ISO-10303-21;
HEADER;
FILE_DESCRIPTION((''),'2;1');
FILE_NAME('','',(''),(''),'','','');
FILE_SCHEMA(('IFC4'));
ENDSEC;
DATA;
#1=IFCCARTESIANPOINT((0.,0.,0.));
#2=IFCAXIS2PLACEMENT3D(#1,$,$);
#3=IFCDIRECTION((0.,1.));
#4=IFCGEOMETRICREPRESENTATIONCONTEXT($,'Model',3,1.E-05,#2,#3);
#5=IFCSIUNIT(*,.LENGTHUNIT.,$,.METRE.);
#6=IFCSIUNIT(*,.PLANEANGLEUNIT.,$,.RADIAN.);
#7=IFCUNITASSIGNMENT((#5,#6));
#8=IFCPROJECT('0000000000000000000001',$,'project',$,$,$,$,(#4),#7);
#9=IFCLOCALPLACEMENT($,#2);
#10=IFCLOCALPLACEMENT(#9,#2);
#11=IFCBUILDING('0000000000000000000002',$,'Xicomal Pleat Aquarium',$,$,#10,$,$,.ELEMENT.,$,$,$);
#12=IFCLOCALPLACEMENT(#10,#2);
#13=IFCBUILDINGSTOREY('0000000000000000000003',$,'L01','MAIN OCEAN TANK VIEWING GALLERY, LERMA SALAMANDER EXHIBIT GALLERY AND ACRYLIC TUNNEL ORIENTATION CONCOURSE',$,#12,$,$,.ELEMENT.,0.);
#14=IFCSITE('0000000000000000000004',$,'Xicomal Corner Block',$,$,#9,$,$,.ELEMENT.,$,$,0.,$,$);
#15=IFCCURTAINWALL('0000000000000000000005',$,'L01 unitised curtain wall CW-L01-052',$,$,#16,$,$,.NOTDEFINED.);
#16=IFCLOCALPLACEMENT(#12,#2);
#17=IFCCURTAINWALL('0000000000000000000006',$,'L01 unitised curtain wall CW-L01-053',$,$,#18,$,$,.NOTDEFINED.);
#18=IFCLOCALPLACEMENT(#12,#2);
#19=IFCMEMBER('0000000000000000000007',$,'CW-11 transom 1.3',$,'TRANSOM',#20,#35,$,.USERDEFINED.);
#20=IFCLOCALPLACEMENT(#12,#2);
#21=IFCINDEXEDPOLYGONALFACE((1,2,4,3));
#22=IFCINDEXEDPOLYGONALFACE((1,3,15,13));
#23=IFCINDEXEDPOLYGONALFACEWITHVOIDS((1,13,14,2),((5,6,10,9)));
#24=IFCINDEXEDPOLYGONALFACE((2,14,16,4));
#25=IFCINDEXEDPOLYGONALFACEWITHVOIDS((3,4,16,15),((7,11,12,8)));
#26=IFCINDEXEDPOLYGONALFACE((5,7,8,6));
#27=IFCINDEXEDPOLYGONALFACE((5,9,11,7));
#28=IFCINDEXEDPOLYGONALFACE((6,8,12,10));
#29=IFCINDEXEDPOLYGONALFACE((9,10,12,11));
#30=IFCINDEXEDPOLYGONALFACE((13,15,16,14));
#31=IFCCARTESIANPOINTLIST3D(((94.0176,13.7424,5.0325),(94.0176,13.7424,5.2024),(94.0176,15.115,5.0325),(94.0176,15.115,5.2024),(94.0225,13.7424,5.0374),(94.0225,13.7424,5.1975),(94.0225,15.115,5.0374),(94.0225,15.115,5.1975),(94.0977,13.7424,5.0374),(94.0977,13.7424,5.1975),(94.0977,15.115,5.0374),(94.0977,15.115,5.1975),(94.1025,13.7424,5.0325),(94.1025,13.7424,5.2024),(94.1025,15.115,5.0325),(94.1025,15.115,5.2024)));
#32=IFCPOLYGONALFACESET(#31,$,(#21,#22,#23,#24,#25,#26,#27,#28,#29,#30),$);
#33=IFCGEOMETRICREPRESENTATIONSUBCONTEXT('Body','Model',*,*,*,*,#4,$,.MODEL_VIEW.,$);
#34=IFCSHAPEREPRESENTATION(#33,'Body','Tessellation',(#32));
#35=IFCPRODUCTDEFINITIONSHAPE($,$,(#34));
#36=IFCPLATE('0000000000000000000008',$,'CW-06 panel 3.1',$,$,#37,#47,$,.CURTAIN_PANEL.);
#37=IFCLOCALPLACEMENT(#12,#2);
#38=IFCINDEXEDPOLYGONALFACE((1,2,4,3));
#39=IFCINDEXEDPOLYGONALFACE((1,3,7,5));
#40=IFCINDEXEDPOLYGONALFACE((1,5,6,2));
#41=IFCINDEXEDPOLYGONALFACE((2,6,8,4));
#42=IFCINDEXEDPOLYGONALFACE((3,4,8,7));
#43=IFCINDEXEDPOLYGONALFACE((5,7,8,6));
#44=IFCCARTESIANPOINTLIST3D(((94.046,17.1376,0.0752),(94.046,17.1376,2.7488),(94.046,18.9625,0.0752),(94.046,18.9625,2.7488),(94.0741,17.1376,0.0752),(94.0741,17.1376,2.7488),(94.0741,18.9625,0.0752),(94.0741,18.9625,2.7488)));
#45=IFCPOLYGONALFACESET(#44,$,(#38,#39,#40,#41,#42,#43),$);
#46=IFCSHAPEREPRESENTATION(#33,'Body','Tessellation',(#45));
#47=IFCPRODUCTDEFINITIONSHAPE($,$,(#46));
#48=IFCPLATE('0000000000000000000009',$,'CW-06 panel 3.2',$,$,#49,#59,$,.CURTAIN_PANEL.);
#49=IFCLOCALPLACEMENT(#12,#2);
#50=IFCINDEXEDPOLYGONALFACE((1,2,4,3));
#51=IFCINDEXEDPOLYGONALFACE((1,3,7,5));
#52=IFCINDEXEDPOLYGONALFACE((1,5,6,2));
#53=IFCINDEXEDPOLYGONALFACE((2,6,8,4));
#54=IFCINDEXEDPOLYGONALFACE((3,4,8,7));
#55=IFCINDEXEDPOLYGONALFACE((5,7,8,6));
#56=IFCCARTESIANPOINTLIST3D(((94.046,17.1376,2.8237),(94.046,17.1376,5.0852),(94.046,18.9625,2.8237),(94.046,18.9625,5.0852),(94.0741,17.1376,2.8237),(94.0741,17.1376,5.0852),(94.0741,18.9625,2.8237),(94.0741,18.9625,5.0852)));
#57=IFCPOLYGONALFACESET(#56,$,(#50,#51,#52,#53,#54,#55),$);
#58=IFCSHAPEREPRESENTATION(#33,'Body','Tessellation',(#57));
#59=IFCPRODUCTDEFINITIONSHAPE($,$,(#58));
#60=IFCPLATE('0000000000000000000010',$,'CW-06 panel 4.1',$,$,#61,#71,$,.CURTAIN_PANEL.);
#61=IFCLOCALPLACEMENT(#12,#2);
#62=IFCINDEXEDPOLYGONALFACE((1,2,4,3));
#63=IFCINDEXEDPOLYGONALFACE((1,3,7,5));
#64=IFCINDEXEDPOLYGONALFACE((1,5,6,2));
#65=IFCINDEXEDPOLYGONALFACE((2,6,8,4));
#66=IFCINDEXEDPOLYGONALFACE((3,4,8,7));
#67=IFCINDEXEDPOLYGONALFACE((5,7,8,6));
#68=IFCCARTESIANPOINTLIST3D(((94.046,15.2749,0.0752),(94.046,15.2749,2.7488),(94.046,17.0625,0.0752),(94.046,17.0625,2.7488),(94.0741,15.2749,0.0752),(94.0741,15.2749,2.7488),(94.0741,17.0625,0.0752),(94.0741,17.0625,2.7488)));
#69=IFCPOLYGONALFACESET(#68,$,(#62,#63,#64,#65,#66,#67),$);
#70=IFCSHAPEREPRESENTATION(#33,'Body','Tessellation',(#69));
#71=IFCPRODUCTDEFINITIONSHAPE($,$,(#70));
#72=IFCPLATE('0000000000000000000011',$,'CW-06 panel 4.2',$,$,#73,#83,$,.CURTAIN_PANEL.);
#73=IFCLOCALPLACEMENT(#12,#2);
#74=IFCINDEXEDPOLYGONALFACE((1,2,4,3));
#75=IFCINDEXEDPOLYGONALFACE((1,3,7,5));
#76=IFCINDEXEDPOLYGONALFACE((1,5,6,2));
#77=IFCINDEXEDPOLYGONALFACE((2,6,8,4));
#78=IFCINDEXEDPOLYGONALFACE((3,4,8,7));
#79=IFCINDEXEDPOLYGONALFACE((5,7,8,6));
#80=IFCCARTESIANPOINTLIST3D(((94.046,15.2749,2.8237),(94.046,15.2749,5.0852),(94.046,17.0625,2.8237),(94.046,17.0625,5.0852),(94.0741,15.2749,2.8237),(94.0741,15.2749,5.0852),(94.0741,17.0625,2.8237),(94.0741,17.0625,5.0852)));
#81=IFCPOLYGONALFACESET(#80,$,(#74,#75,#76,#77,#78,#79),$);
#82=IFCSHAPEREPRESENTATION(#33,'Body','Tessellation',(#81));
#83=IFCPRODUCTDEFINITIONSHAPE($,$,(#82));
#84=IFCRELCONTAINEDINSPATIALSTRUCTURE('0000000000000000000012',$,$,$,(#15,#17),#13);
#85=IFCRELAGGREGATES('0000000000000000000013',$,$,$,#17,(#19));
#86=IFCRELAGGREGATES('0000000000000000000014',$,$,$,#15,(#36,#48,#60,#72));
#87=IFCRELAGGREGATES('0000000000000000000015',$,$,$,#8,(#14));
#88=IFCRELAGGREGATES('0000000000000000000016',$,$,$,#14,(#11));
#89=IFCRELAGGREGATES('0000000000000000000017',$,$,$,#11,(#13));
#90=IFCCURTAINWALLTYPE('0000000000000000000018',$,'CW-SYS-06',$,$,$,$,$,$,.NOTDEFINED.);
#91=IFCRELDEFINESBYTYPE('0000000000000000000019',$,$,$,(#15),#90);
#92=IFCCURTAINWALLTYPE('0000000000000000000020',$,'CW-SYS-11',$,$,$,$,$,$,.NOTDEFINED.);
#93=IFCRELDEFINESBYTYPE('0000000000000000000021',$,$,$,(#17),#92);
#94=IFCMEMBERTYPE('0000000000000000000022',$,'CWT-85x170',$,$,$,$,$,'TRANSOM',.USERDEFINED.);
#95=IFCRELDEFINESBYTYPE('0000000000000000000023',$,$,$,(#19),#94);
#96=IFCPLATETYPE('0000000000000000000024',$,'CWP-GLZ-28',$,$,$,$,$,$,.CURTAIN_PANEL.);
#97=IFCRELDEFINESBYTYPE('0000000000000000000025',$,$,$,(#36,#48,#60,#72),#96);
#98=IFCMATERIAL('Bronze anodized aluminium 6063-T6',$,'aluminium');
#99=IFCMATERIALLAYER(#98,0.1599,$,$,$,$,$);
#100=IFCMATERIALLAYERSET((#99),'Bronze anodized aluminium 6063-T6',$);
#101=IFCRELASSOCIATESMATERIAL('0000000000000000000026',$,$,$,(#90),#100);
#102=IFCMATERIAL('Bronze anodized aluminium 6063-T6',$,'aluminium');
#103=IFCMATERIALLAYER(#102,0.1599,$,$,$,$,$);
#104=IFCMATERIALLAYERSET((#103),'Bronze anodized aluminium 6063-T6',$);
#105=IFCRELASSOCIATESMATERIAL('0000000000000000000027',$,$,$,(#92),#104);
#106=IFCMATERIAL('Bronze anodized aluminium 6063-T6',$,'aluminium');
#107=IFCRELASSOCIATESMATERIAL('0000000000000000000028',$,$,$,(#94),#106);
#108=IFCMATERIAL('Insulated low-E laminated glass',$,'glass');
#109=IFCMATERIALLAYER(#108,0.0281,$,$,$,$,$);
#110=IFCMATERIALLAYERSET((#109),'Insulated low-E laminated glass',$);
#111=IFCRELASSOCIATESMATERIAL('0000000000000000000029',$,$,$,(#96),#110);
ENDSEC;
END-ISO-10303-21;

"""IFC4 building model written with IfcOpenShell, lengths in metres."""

from ifc_helpers import new_model, si_unit, direction, frame, origin, origin_2d, place, context, subcontext, project, spatial, rectangle, hollow_rectangle, extrude, material, layer, layer_set, material_profile, profile_set, type_object, element, aggregate, save


model = new_model("IFC4")

# Units and contexts
model_context = context("Model", 3, precision=1e-05, world=origin(), true_north=direction((0.0, 1.0)))
body_context = subcontext(model_context, "Body", "Model", "MODEL_VIEW")
ifc_project = project(units=[si_unit("LENGTHUNIT", "METRE"), si_unit("PLANEANGLEUNIT", "RADIAN")], contexts=[model_context])

# Site, building, storey
site_placement = place(None, origin())
site = spatial("IfcSite", under=ifc_project, at=site_placement, Name="Xicomal Corner Block", CompositionType="ELEMENT", RefElevation=0.0)
building_placement = place(site_placement, origin())
building = spatial("IfcBuilding", under=site, at=building_placement, Name="Xicomal Pleat Aquarium", CompositionType="ELEMENT")
storey_placement = place(building_placement, origin())
storey = spatial("IfcBuildingStorey", under=building, at=storey_placement, Name="L01", Description="MAIN OCEAN TANK VIEWING GALLERY, LERMA SALAMANDER EXHIBIT GALLERY AND ACRYLIC TUNNEL ORIENTATION CONCOURSE", CompositionType="ELEMENT", Elevation=0.0)

# Curtain walls, member
ifc_material_1 = material(Name="Bronze anodized aluminium 6063-T6", Category="aluminium")
ifc_layer_1 = layer(ifc_material_1, 0.1599)
ifc_layer_set_1 = layer_set([ifc_layer_1], Name="Bronze anodized aluminium 6063-T6")
curtain_wall_type_1 = type_object("IfcCurtainWallType", Name="CW-SYS-06", PredefinedType="NOTDEFINED", material=ifc_layer_set_1)
curtain_wall_1_placement = place(storey_placement, origin())
curtain_wall_1 = element("IfcCurtainWall", 1, at=curtain_wall_1_placement, inside=storey, type_object=curtain_wall_type_1, Name="L01 unitised curtain wall CW-L01-052", PredefinedType="NOTDEFINED")
ifc_material_2 = material(Name="Bronze anodized aluminium 6063-T6", Category="aluminium")
ifc_layer_2 = layer(ifc_material_2, 0.1599)
ifc_layer_set_2 = layer_set([ifc_layer_2], Name="Bronze anodized aluminium 6063-T6")
curtain_wall_type_2 = type_object("IfcCurtainWallType", Name="CW-SYS-11", PredefinedType="NOTDEFINED", material=ifc_layer_set_2)
curtain_wall_2_placement = place(storey_placement, origin())
curtain_wall_2 = element("IfcCurtainWall", 2, at=curtain_wall_2_placement, inside=storey, type_object=curtain_wall_type_2, Name="L01 unitised curtain wall CW-L01-053", PredefinedType="NOTDEFINED")
ifc_material_3 = material(Name="Bronze anodized aluminium 6063-T6", Category="aluminium")
ifc_material_profile_1 = material_profile(ifc_material_3, hollow_rectangle(XDim=0.085, YDim=0.1699, WallThickness=0.0049, at=origin_2d()), Name="ALU TRAN 85x170")
ifc_profile_set_1 = profile_set([ifc_material_profile_1], Name="Bronze anodized aluminium 6063-T6")
member_type_1 = type_object("IfcMemberType", Name="CWT-85x170", ElementType="TRANSOM", PredefinedType="USERDEFINED", material=ifc_profile_set_1)
member_1_placement = place(storey_placement, frame((94.0601, 15.115, 5.1174), z_axis=(0.0, -1.0, 0.0), x_axis=(1.0, 0.0, 0.0)))
member_1 = element("IfcMember", 3, at=member_1_placement, type_object=member_type_1, Name="CW-11 transom 1.3", ObjectType="TRANSOM", PredefinedType="USERDEFINED", context=body_context, shape_type="SweptSolid", body=[
    extrude(hollow_rectangle(XDim=0.085, YDim=0.1699, WallThickness=0.0049, at=origin_2d()), origin(), (0.0, 0.0, 1.0), 1.3726),
])
aggregate(curtain_wall_2, [member_1])

# Plates
ifc_material_4 = material(Name="Insulated low-E laminated glass", Category="glass")
ifc_layer_3 = layer(ifc_material_4, 0.0281)
ifc_layer_set_3 = layer_set([ifc_layer_3], Name="Insulated low-E laminated glass")
plate_type = type_object("IfcPlateType", Name="CWP-GLZ-28", PredefinedType="CURTAIN_PANEL", material=ifc_layer_set_3)
plate_1_placement = place(storey_placement, frame((94.0601, 18.05, 0.0752), z_axis=(0.0, 0.0, 1.0), x_axis=(0.0, -1.0, 0.0)))
plate_1 = element("IfcPlate", 4, at=plate_1_placement, type_object=plate_type, Name="CW-06 panel 3.1", PredefinedType="CURTAIN_PANEL", context=body_context, shape_type="SweptSolid", body=[
    extrude(rectangle(XDim=1.825, YDim=0.0281, at=origin_2d()), origin(), (0.0, 0.0, 1.0), 2.6736),
])
plate_2_placement = place(storey_placement, frame((94.0601, 18.05, 2.8237), z_axis=(0.0, 0.0, 1.0), x_axis=(0.0, -1.0, 0.0)))
plate_2 = element("IfcPlate", 5, at=plate_2_placement, type_object=plate_type, Name="CW-06 panel 3.2", PredefinedType="CURTAIN_PANEL", context=body_context, shape_type="SweptSolid", body=[
    extrude(rectangle(XDim=1.825, YDim=0.0281, at=origin_2d()), origin(), (0.0, 0.0, 1.0), 2.2615),
])
plate_3_placement = place(storey_placement, frame((94.0601, 16.1687, 0.0752), z_axis=(0.0, 0.0, 1.0), x_axis=(0.0, -1.0, 0.0)))
plate_3 = element("IfcPlate", 6, at=plate_3_placement, type_object=plate_type, Name="CW-06 panel 4.1", PredefinedType="CURTAIN_PANEL", context=body_context, shape_type="SweptSolid", body=[
    extrude(rectangle(XDim=1.7876, YDim=0.0281, at=origin_2d()), origin(), (0.0, 0.0, 1.0), 2.6736),
])
plate_4_placement = place(storey_placement, frame((94.0601, 16.1687, 2.8237), z_axis=(0.0, 0.0, 1.0), x_axis=(0.0, -1.0, 0.0)))
plate_4 = element("IfcPlate", 7, at=plate_4_placement, type_object=plate_type, Name="CW-06 panel 4.2", PredefinedType="CURTAIN_PANEL", context=body_context, shape_type="SweptSolid", body=[
    extrude(rectangle(XDim=1.7876, YDim=0.0281, at=origin_2d()), origin(), (0.0, 0.0, 1.0), 2.2615),
])
aggregate(curtain_wall_1, [plate_1, plate_2, plate_3, plate_4])

save(model, "model.ifc")
